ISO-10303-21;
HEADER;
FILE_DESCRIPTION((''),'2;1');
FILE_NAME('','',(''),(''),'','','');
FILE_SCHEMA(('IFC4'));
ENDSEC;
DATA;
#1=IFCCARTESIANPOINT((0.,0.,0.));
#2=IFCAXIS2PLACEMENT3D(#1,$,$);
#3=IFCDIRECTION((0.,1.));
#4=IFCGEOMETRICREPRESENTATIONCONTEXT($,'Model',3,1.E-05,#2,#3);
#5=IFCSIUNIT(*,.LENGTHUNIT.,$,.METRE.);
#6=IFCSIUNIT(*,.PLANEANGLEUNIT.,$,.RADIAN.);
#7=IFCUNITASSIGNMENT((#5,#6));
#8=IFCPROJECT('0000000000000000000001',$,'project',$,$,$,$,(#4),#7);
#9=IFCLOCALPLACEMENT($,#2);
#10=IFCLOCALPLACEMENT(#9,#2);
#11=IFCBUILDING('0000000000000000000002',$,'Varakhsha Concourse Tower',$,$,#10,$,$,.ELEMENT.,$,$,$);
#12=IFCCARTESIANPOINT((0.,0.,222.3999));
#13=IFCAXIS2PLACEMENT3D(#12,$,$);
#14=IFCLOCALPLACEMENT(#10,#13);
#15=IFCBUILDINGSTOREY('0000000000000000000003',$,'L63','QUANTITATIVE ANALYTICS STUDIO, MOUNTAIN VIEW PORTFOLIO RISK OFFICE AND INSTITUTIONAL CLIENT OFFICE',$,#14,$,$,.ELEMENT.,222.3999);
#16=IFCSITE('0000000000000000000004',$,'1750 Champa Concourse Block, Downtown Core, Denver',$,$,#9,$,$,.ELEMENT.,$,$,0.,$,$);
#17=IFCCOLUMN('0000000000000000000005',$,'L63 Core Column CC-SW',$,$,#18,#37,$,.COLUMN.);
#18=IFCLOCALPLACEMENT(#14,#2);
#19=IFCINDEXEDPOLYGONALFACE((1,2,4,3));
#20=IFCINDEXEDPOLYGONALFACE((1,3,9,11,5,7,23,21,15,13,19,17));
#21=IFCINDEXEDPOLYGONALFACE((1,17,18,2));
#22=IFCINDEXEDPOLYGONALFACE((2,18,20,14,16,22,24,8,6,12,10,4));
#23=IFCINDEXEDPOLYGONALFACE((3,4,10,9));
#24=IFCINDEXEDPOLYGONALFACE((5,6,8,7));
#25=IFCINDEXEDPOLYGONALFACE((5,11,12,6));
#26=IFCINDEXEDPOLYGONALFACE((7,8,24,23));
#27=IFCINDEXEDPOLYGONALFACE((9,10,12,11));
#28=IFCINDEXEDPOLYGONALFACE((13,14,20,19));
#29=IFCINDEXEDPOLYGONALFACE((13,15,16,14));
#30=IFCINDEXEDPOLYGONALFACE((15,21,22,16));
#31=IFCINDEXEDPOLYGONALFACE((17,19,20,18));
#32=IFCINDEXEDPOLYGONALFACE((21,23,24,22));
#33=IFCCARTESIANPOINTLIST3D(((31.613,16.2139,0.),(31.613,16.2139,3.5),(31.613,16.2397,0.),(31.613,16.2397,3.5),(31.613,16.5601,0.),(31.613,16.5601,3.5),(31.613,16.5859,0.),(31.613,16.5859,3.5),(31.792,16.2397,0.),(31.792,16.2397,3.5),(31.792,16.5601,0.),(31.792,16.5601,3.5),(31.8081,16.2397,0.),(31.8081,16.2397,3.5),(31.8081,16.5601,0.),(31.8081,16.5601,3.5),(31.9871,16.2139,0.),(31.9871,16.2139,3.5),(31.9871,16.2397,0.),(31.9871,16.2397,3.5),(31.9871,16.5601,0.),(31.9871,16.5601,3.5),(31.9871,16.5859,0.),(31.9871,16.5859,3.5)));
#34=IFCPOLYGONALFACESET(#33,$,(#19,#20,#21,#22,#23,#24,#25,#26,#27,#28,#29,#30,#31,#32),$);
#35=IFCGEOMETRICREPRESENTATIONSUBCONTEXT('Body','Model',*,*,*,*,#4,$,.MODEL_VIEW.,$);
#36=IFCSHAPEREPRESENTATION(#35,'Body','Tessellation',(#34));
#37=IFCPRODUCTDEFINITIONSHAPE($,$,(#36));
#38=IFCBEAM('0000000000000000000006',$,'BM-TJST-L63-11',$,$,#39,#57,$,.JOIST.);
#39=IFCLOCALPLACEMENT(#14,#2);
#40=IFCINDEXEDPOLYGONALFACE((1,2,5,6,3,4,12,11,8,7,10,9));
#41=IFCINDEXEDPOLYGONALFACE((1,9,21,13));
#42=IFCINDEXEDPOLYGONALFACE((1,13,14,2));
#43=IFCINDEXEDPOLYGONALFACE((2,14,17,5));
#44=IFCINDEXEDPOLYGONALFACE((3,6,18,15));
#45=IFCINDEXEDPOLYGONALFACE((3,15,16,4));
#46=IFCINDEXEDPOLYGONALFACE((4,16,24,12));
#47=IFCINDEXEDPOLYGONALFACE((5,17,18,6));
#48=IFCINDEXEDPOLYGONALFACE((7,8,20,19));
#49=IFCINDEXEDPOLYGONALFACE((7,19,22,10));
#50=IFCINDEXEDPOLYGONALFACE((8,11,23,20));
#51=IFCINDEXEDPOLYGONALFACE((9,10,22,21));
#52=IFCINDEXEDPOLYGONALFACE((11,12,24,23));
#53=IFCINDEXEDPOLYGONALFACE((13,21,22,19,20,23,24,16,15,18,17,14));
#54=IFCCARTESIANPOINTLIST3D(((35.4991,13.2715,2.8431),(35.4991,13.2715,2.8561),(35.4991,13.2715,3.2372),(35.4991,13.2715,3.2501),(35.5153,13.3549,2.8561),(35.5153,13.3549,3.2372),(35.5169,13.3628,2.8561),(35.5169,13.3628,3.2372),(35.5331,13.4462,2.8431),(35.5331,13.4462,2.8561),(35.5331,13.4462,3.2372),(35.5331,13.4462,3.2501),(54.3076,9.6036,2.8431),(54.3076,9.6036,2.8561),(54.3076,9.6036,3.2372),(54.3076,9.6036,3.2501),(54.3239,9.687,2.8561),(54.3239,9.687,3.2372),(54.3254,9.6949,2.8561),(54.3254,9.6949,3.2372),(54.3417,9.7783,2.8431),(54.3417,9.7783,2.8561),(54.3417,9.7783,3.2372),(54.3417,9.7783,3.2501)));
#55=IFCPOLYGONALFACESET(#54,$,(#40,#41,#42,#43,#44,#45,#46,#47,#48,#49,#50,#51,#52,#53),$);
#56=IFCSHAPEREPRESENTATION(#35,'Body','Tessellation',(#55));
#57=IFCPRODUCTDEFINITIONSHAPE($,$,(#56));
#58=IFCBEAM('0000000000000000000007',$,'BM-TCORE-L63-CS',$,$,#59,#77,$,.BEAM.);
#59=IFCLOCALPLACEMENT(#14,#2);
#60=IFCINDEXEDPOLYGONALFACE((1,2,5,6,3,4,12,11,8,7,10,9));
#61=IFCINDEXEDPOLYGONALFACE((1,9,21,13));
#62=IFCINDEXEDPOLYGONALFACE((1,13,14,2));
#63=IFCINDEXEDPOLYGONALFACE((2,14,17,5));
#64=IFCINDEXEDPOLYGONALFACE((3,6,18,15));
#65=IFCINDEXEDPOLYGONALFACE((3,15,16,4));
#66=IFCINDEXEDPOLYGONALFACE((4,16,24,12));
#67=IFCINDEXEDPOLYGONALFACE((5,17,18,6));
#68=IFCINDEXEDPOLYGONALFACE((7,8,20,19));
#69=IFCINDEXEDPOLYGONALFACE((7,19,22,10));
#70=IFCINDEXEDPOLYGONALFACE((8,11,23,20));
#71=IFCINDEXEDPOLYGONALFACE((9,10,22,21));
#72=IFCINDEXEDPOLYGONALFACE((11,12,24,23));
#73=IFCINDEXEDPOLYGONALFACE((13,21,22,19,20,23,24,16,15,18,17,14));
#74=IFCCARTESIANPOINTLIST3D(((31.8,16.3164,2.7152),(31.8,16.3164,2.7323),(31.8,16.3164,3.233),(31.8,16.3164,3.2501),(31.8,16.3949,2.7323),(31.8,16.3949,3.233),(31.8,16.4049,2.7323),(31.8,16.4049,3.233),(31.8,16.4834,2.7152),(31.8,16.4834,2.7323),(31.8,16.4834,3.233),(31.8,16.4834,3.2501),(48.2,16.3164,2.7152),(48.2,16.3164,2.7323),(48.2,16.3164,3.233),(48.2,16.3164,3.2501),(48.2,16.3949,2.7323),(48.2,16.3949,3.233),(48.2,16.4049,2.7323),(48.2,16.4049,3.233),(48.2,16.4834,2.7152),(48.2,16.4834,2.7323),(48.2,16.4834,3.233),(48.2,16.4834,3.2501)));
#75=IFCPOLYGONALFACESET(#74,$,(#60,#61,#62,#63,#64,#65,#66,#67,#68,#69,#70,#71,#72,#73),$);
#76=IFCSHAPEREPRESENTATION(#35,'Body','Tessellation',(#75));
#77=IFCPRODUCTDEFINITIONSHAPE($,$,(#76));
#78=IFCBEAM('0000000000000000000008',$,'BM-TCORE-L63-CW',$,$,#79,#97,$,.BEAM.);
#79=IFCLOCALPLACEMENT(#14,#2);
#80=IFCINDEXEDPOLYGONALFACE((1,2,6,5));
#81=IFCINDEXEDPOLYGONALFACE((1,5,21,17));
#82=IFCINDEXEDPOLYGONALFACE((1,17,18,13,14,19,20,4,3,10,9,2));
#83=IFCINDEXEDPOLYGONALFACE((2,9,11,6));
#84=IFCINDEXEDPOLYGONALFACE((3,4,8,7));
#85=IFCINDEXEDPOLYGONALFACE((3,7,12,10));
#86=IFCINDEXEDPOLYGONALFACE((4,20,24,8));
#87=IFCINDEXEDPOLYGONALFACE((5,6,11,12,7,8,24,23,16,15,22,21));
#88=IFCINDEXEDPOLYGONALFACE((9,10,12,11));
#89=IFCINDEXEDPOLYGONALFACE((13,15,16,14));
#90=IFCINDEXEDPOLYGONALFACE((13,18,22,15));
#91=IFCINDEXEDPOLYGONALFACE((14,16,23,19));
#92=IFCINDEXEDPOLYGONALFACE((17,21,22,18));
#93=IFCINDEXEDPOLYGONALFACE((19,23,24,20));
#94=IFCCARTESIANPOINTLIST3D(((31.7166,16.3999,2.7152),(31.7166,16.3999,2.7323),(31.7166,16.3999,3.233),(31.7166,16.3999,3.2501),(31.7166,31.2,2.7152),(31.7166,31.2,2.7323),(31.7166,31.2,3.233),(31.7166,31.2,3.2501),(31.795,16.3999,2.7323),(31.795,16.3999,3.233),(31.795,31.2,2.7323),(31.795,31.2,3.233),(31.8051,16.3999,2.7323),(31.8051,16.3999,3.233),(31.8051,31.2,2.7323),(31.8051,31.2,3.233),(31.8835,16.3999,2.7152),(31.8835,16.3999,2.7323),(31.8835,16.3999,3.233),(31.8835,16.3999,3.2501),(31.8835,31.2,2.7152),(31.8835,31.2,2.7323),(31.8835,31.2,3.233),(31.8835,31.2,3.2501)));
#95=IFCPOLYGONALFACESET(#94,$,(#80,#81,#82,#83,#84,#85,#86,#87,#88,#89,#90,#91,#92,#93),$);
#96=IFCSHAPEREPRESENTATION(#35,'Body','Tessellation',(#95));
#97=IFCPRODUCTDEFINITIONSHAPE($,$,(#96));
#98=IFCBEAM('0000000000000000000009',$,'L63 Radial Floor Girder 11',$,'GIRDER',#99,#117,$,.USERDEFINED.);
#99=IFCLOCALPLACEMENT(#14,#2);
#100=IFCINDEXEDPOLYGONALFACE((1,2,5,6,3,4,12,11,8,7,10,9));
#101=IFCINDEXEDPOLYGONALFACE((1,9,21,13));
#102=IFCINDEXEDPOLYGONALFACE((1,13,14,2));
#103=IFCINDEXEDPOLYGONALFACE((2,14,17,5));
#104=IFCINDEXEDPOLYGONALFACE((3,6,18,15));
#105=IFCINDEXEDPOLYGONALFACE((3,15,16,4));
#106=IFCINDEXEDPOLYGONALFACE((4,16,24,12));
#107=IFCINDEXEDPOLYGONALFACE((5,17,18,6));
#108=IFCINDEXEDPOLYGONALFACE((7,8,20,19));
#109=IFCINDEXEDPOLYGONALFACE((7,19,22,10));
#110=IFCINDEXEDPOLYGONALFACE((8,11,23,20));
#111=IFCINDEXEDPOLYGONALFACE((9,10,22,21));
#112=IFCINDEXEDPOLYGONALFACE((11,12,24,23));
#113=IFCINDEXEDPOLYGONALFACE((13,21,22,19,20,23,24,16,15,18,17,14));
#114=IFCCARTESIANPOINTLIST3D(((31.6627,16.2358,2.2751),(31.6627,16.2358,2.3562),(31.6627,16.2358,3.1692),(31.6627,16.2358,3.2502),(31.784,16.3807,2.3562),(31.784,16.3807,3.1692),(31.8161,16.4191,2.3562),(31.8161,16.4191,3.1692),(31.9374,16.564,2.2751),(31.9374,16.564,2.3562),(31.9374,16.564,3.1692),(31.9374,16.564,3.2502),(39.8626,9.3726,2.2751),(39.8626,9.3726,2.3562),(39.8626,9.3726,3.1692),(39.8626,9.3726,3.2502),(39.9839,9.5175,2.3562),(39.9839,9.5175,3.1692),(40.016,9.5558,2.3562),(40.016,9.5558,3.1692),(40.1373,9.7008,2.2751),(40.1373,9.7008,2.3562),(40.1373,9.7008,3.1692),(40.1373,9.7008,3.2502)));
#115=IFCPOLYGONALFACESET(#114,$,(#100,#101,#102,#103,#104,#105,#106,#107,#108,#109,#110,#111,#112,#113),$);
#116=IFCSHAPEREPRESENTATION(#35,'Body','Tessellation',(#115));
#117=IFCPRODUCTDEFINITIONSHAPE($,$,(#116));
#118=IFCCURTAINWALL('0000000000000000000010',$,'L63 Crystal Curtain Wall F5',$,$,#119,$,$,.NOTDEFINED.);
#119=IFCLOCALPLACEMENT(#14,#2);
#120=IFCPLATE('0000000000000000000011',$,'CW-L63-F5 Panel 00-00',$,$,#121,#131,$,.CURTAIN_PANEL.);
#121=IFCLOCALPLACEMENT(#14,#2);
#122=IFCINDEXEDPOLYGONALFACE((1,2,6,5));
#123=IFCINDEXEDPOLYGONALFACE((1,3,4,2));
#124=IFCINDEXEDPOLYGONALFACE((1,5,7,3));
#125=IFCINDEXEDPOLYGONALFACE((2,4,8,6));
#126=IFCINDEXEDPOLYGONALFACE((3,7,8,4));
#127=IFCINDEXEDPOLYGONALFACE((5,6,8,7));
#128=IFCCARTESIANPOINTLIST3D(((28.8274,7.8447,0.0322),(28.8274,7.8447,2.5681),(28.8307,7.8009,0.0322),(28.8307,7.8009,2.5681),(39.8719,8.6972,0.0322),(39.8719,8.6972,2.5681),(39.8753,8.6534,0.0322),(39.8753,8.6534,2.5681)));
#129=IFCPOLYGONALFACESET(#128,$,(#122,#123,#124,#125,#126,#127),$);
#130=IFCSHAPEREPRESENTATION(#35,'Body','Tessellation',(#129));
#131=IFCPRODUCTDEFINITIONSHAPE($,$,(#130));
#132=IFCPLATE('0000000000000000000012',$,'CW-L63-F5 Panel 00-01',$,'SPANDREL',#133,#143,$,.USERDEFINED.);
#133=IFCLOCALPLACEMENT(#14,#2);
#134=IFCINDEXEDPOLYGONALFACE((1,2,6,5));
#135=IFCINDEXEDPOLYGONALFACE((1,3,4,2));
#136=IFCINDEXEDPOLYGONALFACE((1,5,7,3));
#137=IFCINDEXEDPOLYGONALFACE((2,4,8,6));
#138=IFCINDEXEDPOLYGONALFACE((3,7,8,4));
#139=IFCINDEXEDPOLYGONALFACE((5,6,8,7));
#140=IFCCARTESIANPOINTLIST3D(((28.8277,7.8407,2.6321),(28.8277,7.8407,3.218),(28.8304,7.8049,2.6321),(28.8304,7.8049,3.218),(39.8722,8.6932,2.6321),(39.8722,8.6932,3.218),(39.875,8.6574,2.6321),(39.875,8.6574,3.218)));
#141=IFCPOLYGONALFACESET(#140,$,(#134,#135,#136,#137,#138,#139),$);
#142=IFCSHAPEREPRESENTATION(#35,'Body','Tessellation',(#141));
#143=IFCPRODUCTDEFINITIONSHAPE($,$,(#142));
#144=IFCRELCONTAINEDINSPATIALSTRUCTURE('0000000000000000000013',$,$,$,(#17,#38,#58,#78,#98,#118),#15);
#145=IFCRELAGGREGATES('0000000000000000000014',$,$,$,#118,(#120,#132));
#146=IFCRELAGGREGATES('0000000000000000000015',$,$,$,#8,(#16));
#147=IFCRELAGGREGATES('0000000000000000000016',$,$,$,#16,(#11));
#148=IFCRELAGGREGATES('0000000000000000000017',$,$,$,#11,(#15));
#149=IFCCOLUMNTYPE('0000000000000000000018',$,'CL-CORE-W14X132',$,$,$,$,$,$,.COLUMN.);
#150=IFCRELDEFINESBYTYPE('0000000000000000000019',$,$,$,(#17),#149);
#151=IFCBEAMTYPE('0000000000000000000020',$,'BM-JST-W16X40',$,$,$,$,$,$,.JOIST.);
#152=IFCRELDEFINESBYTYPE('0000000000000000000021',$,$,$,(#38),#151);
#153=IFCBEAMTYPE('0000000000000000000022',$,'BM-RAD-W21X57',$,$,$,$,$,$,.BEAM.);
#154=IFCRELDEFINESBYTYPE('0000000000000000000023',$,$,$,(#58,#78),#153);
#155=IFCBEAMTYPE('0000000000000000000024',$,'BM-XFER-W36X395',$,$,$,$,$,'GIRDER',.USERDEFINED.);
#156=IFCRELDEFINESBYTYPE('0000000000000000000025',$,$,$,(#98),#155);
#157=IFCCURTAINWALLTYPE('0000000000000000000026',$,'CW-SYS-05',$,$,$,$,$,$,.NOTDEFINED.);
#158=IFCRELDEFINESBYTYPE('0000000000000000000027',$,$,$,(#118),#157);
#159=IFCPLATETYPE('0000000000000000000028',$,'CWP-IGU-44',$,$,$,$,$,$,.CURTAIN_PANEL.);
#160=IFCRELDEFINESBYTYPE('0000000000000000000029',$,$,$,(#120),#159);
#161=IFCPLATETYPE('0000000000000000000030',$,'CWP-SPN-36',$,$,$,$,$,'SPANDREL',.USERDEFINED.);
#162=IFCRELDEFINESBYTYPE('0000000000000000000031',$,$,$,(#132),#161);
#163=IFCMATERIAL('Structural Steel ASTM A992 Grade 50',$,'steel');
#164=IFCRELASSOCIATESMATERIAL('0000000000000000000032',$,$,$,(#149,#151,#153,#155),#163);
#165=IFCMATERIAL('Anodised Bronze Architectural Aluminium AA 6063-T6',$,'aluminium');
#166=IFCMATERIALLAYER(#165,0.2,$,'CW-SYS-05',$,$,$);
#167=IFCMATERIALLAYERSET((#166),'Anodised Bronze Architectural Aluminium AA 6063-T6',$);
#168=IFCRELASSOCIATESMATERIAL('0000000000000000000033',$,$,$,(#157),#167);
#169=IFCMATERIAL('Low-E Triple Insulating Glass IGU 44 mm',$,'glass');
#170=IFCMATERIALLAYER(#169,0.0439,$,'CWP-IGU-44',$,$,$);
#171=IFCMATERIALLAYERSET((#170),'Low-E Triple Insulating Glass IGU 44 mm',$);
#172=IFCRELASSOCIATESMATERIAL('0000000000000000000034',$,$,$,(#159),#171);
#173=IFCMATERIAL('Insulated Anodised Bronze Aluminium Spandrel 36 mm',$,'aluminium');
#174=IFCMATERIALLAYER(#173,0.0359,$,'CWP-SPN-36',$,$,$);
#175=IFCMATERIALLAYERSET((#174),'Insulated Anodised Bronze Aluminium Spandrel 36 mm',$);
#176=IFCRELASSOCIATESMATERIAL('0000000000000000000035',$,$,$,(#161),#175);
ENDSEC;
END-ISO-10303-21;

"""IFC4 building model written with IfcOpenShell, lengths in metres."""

from ifc_helpers import new_model, si_unit, direction, frame, origin, origin_2d, place, context, subcontext, project, spatial, rectangle, i_section, extrude, source, transform, mapped, material, layer, layer_set, material_profile, profile_set, type_object, type_shapes, element, aggregate, save


model = new_model("IFC4")

# Units and contexts
model_context = context("Model", 3, precision=1e-05, world=origin(), true_north=direction((0.0, 1.0)))
body_context = subcontext(model_context, "Body", "Model", "MODEL_VIEW")
ifc_project = project(units=[si_unit("LENGTHUNIT", "METRE"), si_unit("PLANEANGLEUNIT", "RADIAN")], contexts=[model_context])

# Site, building, storey
site_placement = place(None, origin())
site = spatial("IfcSite", under=ifc_project, at=site_placement, Name="1750 Champa Concourse Block, Downtown Core, Denver", CompositionType="ELEMENT", RefElevation=0.0)
building_placement = place(site_placement, origin())
building = spatial("IfcBuilding", under=site, at=building_placement, Name="Varakhsha Concourse Tower", CompositionType="ELEMENT")
storey_placement = place(building_placement, frame((0.0, 0.0, 222.3999)))
storey = spatial("IfcBuildingStorey", under=building, at=storey_placement, Name="L63", Description="QUANTITATIVE ANALYTICS STUDIO, MOUNTAIN VIEW PORTFOLIO RISK OFFICE AND INSTITUTIONAL CLIENT OFFICE", CompositionType="ELEMENT", Elevation=222.3999)

# Column
ifc_material_1 = material(Name="Structural Steel ASTM A992 Grade 50", Category="steel")
ifc_material_profile_1 = material_profile(ifc_material_1, i_section(OverallWidth=0.374, OverallDepth=0.3721, WebThickness=0.0161, FlangeThickness=0.0259, at=origin_2d()), Name="W14X132")
ifc_profile_set_1 = profile_set([ifc_material_profile_1], Name="Structural Steel ASTM A992 Grade 50")
column_type = type_object("IfcColumnType", Name="CL-CORE-W14X132", PredefinedType="COLUMN", material=ifc_profile_set_1)
column_placement = place(storey_placement, frame((31.8, 16.3999, 0.0), z_axis=(0.0, 0.0, 1.0), x_axis=(1.0, 0.0, 0.0)))
element("IfcColumn", 1, at=column_placement, inside=storey, type_object=column_type, Name="L63 Core Column CC-SW", PredefinedType="COLUMN", context=body_context, shape_type="SweptSolid", body=[
    extrude(i_section(OverallWidth=0.374, OverallDepth=0.3721, WebThickness=0.0161, FlangeThickness=0.0259, at=origin_2d()), origin(), (0.0, 0.0, 1.0), 3.5),
])

# Beams
ifc_material_profile_2 = material_profile(ifc_material_1, i_section(OverallWidth=0.178, OverallDepth=0.407, WebThickness=0.0081, FlangeThickness=0.0129, at=origin_2d()), Name="W16X40")
ifc_profile_set_2 = profile_set([ifc_material_profile_2], Name="Structural Steel ASTM A992 Grade 50")
beam_type_1 = type_object("IfcBeamType", Name="BM-JST-W16X40", PredefinedType="JOIST", material=ifc_profile_set_2)
beam_1_placement = place(storey_placement, frame((35.5161, 13.3589, 3.0466), z_axis=(0.98151, -0.19141, 0.0), x_axis=(0.19141, 0.98151, 0.0)))
element("IfcBeam", 2, at=beam_1_placement, inside=storey, type_object=beam_type_1, Name="BM-TJST-L63-11", PredefinedType="JOIST", context=body_context, shape_type="SweptSolid", body=[
    extrude(i_section(OverallWidth=0.178, OverallDepth=0.407, WebThickness=0.0081, FlangeThickness=0.0129, at=origin_2d()), origin(), (0.0, 0.0, 1.0), 19.1628),
])
ifc_material_profile_3 = material_profile(ifc_material_1, i_section(OverallWidth=0.167, OverallDepth=0.5349, WebThickness=0.01, FlangeThickness=0.0171, at=origin_2d()), Name="W21X57")
ifc_profile_set_3 = profile_set([ifc_material_profile_3], Name="Structural Steel ASTM A992 Grade 50")
beam_type_2 = type_object("IfcBeamType", Name="BM-RAD-W21X57", PredefinedType="BEAM", material=ifc_profile_set_3)
beam_2_placement = place(storey_placement, frame((31.8, 16.3999, 2.9827), z_axis=(1.0, 0.0, 0.0), x_axis=(0.0, 1.0, 0.0)))
element("IfcBeam", 3, at=beam_2_placement, inside=storey, type_object=beam_type_2, Name="BM-TCORE-L63-CS", PredefinedType="BEAM", context=body_context, shape_type="SweptSolid", body=[
    extrude(i_section(OverallWidth=0.167, OverallDepth=0.5349, WebThickness=0.01, FlangeThickness=0.0171, at=origin_2d()), origin(), (0.0, 0.0, 1.0), 16.3999),
])
beam_3_placement = place(storey_placement, frame((31.8, 16.3999, 2.9827), z_axis=(0.0, 1.0, 0.0), x_axis=(-1.0, 0.0, 0.0)))
element("IfcBeam", 4, at=beam_3_placement, inside=storey, type_object=beam_type_2, Name="BM-TCORE-L63-CW", PredefinedType="BEAM", context=body_context, shape_type="SweptSolid", body=[
    extrude(i_section(OverallWidth=0.167, OverallDepth=0.5349, WebThickness=0.01, FlangeThickness=0.0171, at=origin_2d()), origin(), (0.0, 0.0, 1.0), 14.8),
])
ifc_material_profile_4 = material_profile(ifc_material_1, i_section(OverallWidth=0.428, OverallDepth=0.9751, WebThickness=0.05, FlangeThickness=0.0811, at=origin_2d()), Name="W36X395")
ifc_profile_set_4 = profile_set([ifc_material_profile_4], Name="Structural Steel ASTM A992 Grade 50")
beam_type_3 = type_object("IfcBeamType", Name="BM-XFER-W36X395", ElementType="GIRDER", PredefinedType="USERDEFINED", material=ifc_profile_set_4)
beam_4_placement = place(storey_placement, frame((31.8, 16.3999, 2.7627), z_axis=(0.76684, -0.641838, 0.0), x_axis=(0.641838, 0.76684, 0.0)))
element("IfcBeam", 5, at=beam_4_placement, inside=storey, type_object=beam_type_3, Name="L63 Radial Floor Girder 11", ObjectType="GIRDER", PredefinedType="USERDEFINED", context=body_context, shape_type="SweptSolid", body=[
    extrude(i_section(OverallWidth=0.428, OverallDepth=0.9751, WebThickness=0.05, FlangeThickness=0.0811, at=origin_2d()), origin(), (0.0, 0.0, 1.0), 10.6931),
])

# Curtain wall, plates
ifc_material_2 = material(Name="Anodised Bronze Architectural Aluminium AA 6063-T6", Category="aluminium")
ifc_layer_1 = layer(ifc_material_2, 0.2, Name="CW-SYS-05")
ifc_layer_set_1 = layer_set([ifc_layer_1], Name="Anodised Bronze Architectural Aluminium AA 6063-T6")
curtain_wall_type = type_object("IfcCurtainWallType", Name="CW-SYS-05", PredefinedType="NOTDEFINED", material=ifc_layer_set_1)
curtain_wall_placement = place(storey_placement, origin())
curtain_wall = element("IfcCurtainWall", 6, at=curtain_wall_placement, inside=storey, type_object=curtain_wall_type, Name="L63 Crystal Curtain Wall F5", PredefinedType="NOTDEFINED")
ifc_material_3 = material(Name="Low-E Triple Insulating Glass IGU 44 mm", Category="glass")
ifc_layer_2 = layer(ifc_material_3, 0.0439, Name="CWP-IGU-44")
ifc_layer_set_2 = layer_set([ifc_layer_2], Name="Low-E Triple Insulating Glass IGU 44 mm")
plate_type_1 = type_object("IfcPlateType", Name="CWP-IGU-44", PredefinedType="CURTAIN_PANEL", material=ifc_layer_set_2)
shared_shape_1 = source(origin(), body_context, "Body", "SweptSolid", [
    extrude(rectangle(XDim=11.0774, YDim=0.0439, at=origin_2d()), origin(), (0.0, 0.0, 1.0), 2.5359),
])
type_shapes(plate_type_1, [shared_shape_1])
plate_1_placement = place(storey_placement, frame((34.3513, 8.249, 0.0322), z_axis=(0.0, 0.0, 1.0), x_axis=(-0.997034, -0.076961, 0.0)))
plate_1 = element("IfcPlate", 7, at=plate_1_placement, type_object=plate_type_1, Name="CW-L63-F5 Panel 00-00", PredefinedType="CURTAIN_PANEL", context=body_context, shape_type="MappedRepresentation", body=[
    mapped(shared_shape_1, transform((0.0, 0.0, 0.0), scale=1.0)),
])
ifc_material_4 = material(Name="Insulated Anodised Bronze Aluminium Spandrel 36 mm", Category="aluminium")
ifc_layer_3 = layer(ifc_material_4, 0.0359, Name="CWP-SPN-36")
ifc_layer_set_3 = layer_set([ifc_layer_3], Name="Insulated Anodised Bronze Aluminium Spandrel 36 mm")
plate_type_2 = type_object("IfcPlateType", Name="CWP-SPN-36", ElementType="SPANDREL", PredefinedType="USERDEFINED", material=ifc_layer_set_3)
shared_shape_2 = source(origin(), body_context, "Body", "SweptSolid", [
    extrude(rectangle(XDim=11.0774, YDim=0.0359, at=origin_2d()), origin(), (0.0, 0.0, 1.0), 0.5859),
])
type_shapes(plate_type_2, [shared_shape_2])
plate_2_placement = place(storey_placement, frame((34.3513, 8.249, 2.6321), z_axis=(0.0, 0.0, 1.0), x_axis=(-0.997034, -0.076961, 0.0)))
plate_2 = element("IfcPlate", 8, at=plate_2_placement, type_object=plate_type_2, Name="CW-L63-F5 Panel 00-01", ObjectType="SPANDREL", PredefinedType="USERDEFINED", context=body_context, shape_type="MappedRepresentation", body=[
    mapped(shared_shape_2, transform((0.0, 0.0, 0.0), scale=1.0)),
])
aggregate(curtain_wall, [plate_1, plate_2])

save(model, "model.ifc")
